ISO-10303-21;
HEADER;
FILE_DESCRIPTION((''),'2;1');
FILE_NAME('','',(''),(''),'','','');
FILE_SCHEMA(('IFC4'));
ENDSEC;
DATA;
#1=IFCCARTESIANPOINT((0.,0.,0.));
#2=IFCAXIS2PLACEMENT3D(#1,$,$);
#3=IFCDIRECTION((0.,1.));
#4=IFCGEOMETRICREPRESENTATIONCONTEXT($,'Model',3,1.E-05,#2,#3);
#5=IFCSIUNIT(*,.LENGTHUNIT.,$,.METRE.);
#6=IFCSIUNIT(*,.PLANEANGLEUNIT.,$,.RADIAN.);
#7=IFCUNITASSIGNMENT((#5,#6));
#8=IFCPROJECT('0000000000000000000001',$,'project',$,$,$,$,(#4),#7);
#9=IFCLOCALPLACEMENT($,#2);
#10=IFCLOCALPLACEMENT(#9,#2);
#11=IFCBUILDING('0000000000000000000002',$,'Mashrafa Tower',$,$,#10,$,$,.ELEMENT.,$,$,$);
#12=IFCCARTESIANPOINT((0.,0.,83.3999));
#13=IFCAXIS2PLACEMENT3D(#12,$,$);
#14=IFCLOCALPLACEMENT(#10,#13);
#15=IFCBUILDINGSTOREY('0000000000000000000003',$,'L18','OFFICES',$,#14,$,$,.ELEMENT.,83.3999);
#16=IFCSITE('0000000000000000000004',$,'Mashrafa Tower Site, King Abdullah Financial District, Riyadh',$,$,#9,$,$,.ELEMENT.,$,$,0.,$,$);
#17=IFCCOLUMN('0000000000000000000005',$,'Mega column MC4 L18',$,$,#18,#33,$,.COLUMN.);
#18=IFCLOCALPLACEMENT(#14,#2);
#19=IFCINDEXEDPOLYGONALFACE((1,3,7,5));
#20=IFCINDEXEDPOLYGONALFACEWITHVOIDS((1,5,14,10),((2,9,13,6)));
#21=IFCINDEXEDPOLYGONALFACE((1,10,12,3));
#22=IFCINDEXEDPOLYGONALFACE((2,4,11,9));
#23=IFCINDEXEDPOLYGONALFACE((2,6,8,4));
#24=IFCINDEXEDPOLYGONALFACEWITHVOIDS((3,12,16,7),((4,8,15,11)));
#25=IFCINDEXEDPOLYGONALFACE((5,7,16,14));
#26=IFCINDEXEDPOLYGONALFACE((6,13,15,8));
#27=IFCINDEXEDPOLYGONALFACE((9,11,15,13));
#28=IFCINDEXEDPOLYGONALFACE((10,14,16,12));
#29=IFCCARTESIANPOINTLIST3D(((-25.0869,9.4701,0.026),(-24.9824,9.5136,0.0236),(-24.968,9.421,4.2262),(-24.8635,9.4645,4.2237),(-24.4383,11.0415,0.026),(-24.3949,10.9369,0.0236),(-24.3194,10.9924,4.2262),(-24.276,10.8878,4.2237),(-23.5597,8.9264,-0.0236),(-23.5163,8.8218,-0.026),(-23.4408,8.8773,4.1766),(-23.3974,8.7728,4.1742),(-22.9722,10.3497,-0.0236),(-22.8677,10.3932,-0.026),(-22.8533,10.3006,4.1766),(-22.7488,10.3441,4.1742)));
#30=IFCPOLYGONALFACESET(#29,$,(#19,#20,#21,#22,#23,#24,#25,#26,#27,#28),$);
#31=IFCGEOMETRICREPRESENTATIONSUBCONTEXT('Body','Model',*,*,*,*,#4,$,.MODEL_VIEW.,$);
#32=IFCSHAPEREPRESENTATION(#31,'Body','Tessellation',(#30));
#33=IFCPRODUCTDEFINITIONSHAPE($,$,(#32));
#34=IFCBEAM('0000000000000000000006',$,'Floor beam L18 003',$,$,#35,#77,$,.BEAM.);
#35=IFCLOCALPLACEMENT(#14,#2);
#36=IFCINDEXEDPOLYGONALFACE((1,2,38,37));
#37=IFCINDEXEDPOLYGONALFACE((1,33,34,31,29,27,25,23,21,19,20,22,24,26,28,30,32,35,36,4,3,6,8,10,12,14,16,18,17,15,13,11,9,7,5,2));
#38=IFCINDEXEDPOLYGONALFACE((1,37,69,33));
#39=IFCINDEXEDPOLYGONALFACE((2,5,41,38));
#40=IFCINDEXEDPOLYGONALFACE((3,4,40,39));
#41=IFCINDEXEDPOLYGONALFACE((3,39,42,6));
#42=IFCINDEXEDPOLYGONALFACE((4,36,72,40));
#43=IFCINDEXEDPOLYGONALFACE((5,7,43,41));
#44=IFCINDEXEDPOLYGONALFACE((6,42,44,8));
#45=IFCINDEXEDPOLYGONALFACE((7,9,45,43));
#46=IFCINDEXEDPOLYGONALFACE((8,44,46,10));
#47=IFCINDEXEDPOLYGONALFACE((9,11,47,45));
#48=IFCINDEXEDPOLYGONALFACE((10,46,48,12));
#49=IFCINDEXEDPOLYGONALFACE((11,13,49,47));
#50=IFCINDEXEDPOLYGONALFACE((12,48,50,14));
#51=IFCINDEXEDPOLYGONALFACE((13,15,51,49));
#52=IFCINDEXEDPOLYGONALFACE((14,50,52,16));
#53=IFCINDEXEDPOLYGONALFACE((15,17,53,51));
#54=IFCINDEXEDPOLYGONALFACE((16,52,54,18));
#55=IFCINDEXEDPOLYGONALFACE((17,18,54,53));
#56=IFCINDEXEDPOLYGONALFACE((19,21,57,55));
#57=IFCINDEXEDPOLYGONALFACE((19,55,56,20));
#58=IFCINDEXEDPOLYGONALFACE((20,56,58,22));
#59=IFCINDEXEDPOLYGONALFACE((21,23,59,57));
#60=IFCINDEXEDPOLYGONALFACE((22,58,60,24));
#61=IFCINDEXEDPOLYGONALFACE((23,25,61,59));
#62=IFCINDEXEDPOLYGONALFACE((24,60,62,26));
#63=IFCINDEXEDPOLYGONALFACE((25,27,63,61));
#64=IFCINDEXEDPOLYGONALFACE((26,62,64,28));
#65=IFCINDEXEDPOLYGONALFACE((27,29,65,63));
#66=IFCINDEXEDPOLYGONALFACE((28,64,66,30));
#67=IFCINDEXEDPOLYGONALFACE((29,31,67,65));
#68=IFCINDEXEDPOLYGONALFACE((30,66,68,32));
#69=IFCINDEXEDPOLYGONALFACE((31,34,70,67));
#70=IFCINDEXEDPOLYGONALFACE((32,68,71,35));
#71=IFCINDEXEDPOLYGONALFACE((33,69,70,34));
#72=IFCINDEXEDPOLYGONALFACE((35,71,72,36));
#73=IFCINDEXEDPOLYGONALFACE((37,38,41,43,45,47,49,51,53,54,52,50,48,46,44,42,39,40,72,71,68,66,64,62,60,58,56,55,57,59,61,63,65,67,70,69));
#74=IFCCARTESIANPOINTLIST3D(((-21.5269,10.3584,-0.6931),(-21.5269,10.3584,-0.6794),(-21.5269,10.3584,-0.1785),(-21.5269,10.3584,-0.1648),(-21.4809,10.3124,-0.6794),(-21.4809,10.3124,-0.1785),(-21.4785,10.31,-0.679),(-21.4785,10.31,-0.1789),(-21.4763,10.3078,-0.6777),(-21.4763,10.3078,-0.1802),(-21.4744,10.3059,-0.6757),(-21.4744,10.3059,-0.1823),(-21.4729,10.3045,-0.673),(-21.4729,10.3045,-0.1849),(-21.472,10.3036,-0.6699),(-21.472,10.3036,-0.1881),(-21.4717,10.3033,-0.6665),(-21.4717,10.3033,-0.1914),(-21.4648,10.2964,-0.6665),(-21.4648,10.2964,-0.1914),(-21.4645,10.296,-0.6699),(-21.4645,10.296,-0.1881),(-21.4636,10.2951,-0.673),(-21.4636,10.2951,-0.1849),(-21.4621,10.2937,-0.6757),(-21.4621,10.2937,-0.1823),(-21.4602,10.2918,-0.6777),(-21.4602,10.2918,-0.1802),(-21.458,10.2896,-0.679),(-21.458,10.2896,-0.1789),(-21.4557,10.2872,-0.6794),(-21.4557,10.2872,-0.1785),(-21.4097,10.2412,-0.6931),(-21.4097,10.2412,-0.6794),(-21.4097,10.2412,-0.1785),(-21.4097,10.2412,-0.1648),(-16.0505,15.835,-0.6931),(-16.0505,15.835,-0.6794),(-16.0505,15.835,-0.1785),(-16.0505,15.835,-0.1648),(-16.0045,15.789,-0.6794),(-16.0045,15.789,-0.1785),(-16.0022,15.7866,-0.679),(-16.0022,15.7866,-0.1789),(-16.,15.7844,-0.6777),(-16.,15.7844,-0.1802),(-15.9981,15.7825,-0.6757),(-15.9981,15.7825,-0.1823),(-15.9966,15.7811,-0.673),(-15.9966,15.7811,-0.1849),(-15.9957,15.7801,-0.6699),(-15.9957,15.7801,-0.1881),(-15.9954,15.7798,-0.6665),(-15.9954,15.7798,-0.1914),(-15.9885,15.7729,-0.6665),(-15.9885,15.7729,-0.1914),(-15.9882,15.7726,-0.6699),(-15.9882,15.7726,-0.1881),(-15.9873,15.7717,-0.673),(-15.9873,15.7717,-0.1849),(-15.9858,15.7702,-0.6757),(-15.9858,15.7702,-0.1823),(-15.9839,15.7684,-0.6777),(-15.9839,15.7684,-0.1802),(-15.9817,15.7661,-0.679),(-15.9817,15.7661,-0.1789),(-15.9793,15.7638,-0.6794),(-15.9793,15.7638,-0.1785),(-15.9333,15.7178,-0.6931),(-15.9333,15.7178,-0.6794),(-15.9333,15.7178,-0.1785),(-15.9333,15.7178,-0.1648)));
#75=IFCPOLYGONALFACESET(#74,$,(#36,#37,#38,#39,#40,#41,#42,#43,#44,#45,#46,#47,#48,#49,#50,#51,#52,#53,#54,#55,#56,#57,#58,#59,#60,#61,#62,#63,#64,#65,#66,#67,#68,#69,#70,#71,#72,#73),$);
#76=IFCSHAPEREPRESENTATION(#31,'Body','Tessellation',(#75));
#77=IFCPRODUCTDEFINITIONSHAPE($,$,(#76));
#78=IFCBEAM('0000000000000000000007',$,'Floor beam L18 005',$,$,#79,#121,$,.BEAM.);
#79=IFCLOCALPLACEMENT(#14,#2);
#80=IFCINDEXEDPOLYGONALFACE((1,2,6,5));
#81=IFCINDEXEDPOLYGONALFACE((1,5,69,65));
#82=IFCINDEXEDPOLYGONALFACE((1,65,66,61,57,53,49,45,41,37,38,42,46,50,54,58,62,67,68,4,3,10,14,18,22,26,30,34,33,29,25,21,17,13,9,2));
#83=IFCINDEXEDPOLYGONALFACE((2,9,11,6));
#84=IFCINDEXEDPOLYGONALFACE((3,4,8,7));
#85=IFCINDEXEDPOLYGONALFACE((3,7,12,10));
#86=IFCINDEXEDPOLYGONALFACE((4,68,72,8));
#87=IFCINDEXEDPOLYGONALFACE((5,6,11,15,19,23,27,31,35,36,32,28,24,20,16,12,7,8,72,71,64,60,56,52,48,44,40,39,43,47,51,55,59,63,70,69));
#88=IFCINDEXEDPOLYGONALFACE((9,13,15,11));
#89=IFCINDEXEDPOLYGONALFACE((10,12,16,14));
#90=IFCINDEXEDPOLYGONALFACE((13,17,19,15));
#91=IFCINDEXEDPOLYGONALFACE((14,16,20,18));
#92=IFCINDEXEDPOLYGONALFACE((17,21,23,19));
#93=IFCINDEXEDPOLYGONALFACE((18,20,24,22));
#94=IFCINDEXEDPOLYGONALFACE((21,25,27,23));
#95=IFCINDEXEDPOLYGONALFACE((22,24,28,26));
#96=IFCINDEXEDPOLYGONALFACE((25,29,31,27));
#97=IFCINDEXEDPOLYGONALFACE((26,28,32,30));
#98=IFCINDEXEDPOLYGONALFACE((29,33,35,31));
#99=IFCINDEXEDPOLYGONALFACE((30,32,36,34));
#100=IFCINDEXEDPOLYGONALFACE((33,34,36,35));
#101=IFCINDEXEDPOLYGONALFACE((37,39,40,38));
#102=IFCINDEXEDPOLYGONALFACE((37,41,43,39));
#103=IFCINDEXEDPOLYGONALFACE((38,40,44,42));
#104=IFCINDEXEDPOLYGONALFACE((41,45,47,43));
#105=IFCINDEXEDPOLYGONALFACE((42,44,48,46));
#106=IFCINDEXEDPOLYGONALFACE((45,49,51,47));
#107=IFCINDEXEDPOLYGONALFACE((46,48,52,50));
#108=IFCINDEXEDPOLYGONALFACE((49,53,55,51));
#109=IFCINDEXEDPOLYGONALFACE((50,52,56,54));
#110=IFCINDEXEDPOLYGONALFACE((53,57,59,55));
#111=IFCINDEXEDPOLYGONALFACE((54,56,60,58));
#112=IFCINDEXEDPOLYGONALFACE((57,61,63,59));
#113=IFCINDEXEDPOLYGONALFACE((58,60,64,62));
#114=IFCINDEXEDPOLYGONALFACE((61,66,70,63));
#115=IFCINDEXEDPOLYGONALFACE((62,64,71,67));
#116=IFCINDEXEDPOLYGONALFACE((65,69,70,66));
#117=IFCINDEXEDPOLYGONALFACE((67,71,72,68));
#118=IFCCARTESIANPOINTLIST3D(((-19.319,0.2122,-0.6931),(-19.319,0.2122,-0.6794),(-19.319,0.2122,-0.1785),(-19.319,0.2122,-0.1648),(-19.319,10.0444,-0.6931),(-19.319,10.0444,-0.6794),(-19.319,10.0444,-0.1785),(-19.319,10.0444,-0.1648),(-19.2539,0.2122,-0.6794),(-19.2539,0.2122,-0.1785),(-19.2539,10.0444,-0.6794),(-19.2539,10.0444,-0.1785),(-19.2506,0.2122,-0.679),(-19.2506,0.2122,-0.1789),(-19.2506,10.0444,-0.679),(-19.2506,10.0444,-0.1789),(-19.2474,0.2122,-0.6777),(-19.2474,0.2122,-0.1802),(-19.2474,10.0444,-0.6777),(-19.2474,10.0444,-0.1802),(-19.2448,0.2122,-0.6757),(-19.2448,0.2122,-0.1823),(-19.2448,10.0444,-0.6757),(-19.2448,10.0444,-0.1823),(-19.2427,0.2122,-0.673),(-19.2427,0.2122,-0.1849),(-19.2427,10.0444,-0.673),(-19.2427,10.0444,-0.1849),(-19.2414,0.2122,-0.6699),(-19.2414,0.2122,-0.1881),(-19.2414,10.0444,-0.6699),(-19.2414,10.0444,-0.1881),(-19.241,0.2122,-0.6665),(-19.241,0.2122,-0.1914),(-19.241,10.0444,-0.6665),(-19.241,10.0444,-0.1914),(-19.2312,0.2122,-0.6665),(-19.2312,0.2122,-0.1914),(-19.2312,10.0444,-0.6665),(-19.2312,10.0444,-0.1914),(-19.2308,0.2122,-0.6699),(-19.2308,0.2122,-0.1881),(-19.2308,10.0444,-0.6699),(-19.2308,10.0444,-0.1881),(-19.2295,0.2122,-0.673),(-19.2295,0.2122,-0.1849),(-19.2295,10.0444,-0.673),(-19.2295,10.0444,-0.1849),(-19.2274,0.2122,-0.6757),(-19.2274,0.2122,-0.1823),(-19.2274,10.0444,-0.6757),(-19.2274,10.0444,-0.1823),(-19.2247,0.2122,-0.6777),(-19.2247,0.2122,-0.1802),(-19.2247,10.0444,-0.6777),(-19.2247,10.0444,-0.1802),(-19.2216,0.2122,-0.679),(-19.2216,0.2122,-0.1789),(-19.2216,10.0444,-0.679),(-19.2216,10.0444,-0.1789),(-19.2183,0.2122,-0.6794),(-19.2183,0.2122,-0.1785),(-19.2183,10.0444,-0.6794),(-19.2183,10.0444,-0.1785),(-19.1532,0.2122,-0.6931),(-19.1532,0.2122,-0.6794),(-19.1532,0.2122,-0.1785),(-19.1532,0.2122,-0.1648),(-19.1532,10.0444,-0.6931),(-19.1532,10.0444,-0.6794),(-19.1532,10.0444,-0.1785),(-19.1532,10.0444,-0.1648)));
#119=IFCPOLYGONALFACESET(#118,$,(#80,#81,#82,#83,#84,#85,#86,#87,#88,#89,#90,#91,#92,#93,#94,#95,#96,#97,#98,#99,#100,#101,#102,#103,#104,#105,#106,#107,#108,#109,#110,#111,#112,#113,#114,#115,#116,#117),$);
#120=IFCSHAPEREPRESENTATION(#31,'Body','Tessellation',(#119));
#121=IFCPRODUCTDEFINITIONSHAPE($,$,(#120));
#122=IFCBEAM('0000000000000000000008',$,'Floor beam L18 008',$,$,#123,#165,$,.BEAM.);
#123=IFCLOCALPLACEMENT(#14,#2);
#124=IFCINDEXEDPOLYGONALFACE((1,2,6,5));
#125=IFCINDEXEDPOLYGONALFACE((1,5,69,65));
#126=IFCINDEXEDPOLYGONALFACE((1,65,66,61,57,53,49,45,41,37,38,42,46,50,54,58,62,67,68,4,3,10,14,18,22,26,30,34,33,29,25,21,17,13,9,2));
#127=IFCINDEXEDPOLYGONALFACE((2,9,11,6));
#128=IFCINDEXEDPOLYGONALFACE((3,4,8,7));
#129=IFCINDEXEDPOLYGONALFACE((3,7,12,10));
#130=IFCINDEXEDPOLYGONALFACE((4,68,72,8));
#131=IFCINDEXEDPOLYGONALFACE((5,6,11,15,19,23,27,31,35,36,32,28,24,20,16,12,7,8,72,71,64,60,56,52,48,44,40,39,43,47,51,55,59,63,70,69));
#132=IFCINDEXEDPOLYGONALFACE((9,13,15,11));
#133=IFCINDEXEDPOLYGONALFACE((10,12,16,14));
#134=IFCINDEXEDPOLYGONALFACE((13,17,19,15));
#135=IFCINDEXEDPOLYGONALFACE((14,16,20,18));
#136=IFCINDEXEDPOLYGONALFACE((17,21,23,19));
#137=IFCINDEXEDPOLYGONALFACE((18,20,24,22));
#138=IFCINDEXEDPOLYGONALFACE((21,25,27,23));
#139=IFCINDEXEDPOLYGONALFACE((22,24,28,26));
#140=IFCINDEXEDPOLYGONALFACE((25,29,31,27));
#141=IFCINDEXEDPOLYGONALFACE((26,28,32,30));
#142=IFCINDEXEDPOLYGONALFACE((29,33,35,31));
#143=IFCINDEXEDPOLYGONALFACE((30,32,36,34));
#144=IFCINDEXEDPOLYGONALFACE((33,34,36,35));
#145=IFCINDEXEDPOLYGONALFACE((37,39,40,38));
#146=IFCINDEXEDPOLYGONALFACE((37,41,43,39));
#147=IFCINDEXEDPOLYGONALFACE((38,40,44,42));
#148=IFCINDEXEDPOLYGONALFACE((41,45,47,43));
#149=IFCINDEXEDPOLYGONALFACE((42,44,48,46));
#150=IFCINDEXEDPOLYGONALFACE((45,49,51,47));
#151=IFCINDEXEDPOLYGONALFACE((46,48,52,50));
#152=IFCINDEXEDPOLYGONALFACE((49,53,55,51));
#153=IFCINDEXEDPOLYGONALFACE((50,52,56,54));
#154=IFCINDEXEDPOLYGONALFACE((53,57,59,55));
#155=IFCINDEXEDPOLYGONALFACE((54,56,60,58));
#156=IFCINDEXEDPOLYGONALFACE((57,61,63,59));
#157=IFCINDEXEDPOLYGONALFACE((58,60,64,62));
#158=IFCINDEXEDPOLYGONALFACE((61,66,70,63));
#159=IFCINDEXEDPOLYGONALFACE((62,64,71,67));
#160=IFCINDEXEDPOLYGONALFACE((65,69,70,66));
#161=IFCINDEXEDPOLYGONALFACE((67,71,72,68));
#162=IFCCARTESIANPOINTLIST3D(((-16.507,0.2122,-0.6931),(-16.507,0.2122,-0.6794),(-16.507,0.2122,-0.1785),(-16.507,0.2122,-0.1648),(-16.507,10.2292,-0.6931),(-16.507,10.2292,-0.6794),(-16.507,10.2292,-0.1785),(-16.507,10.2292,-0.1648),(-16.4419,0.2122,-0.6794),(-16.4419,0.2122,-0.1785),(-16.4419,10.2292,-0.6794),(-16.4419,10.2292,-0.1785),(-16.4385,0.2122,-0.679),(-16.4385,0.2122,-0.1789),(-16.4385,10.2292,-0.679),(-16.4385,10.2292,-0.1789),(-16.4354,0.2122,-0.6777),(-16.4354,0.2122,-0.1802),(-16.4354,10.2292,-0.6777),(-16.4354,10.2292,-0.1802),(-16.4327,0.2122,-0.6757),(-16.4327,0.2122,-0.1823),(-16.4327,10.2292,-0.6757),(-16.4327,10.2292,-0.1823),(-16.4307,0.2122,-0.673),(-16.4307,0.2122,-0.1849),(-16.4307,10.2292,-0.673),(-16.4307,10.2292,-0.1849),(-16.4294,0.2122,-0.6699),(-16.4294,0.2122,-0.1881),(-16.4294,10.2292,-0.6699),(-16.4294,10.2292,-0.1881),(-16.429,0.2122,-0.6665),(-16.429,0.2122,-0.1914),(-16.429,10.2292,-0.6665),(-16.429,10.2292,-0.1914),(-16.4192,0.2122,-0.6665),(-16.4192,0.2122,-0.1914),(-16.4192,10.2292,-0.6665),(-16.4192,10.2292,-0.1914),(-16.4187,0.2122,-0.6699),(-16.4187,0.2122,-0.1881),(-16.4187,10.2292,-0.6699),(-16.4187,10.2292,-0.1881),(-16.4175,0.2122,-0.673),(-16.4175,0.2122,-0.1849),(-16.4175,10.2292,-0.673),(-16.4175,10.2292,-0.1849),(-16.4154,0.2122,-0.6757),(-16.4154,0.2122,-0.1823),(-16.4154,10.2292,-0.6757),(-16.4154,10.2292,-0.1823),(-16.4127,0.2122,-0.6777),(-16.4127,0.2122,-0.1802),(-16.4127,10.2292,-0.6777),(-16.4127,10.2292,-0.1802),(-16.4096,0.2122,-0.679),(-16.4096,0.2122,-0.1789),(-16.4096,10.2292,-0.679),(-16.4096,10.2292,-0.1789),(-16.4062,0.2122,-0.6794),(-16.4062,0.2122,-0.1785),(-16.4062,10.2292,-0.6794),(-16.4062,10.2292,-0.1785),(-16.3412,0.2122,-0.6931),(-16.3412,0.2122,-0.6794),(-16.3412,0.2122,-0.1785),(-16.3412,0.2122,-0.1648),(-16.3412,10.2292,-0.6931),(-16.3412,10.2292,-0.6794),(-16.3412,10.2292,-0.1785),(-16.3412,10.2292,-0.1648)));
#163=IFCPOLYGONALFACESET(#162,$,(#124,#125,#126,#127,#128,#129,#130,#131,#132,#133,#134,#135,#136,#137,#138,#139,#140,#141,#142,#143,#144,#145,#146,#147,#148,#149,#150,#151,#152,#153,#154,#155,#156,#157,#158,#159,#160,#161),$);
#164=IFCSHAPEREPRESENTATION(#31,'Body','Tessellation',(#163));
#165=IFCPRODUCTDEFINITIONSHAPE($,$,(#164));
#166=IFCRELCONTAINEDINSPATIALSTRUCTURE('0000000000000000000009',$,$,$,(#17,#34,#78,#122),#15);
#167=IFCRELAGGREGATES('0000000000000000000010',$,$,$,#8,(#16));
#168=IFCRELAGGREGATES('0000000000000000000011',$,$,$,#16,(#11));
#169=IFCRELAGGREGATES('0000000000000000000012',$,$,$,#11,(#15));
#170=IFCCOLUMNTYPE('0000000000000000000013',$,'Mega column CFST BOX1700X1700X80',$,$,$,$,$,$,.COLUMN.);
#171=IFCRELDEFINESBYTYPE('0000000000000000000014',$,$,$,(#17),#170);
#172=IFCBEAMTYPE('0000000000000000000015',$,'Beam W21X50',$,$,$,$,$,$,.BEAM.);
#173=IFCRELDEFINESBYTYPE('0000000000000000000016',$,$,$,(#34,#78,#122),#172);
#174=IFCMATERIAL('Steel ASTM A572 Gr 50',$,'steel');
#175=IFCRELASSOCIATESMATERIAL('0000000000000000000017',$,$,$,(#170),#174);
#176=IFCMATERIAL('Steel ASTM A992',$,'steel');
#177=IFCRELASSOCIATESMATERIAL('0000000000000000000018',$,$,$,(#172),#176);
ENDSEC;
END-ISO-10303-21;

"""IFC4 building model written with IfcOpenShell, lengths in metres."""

from ifc_helpers import new_model, si_unit, direction, frame, origin, origin_2d, place, context, subcontext, project, spatial, hollow_rectangle, i_section, extrude, material, material_profile, profile_set, type_object, element, save


model = new_model("IFC4")

# Units and contexts
model_context = context("Model", 3, precision=1e-05, world=origin(), true_north=direction((0.0, 1.0)))
body_context = subcontext(model_context, "Body", "Model", "MODEL_VIEW")
ifc_project = project(units=[si_unit("LENGTHUNIT", "METRE"), si_unit("PLANEANGLEUNIT", "RADIAN")], contexts=[model_context])

# Site, building, storey
site_placement = place(None, origin())
site = spatial("IfcSite", under=ifc_project, at=site_placement, Name="Mashrafa Tower Site, King Abdullah Financial District, Riyadh", CompositionType="ELEMENT", RefElevation=0.0)
building_placement = place(site_placement, origin())
building = spatial("IfcBuilding", under=site, at=building_placement, Name="Mashrafa Tower", CompositionType="ELEMENT")
storey_placement = place(building_placement, frame((0.0, 0.0, 83.3999)))
storey = spatial("IfcBuildingStorey", under=building, at=storey_placement, Name="L18", Description="OFFICES", CompositionType="ELEMENT", Elevation=83.3999)

# Column
ifc_material_1 = material(Name="Steel ASTM A572 Gr 50", Category="steel")
ifc_material_profile_1 = material_profile(ifc_material_1, hollow_rectangle(XDim=1.7, YDim=1.7, WallThickness=0.0801, at=origin_2d()), Name="BOX1700X1700X80")
ifc_profile_set_1 = profile_set([ifc_material_profile_1], Name="Steel ASTM A572 Gr 50")
column_type = type_object("IfcColumnType", Name="Mega column CFST BOX1700X1700X80", PredefinedType="COLUMN", material=ifc_profile_set_1)
column_placement = place(storey_placement, frame((-23.9773, 9.9316, 0.0), z_axis=(0.028294, -0.011678, 0.999531), x_axis=(0.381513, 0.924363, 0.0)))
element("IfcColumn", 1, at=column_placement, inside=storey, type_object=column_type, Name="Mega column MC4 L18", PredefinedType="COLUMN", context=body_context, shape_type="SweptSolid", body=[
    extrude(hollow_rectangle(XDim=1.7, YDim=1.7, WallThickness=0.0801, at=origin_2d()), origin(), (0.0, 0.0, 1.0), 4.2021),
])

# Beams
ifc_material_2 = material(Name="Steel ASTM A992", Category="steel")
ifc_material_profile_2 = material_profile(ifc_material_2, i_section(OverallWidth=0.1658, OverallDepth=0.5283, WebThickness=0.0098, FlangeThickness=0.0137, FilletRadius=0.0129, at=origin_2d()), Name="W21X50")
ifc_profile_set_2 = profile_set([ifc_material_profile_2], Name="Steel ASTM A992")
beam_type_1 = type_object("IfcBeamType", Name="Beam W21X50", PredefinedType="BEAM", material=ifc_profile_set_2)
beam_1_placement = place(storey_placement, frame((-21.4683, 10.2998, -0.429), z_axis=(0.707091, 0.707123, 0.0), x_axis=(-0.707123, 0.707091, 0.0)))
element("IfcBeam", 2, at=beam_1_placement, inside=storey, type_object=beam_type_1, Name="Floor beam L18 003", PredefinedType="BEAM", context=body_context, shape_type="SweptSolid", body=[
    extrude(i_section(OverallWidth=0.1658, OverallDepth=0.5283, WebThickness=0.0098, FlangeThickness=0.0137, FilletRadius=0.0129, at=origin_2d()), origin(), (0.0, 0.0, 1.0), 7.7449),
])
beam_2_placement = place(storey_placement, frame((-19.2361, 0.2122, -0.429), z_axis=(0.0, 1.0, 0.0), x_axis=(-1.0, 0.0, 0.0)))
element("IfcBeam", 3, at=beam_2_placement, inside=storey, type_object=beam_type_1, Name="Floor beam L18 005", PredefinedType="BEAM", context=body_context, shape_type="SweptSolid", body=[
    extrude(i_section(OverallWidth=0.1658, OverallDepth=0.5283, WebThickness=0.0098, FlangeThickness=0.0137, FilletRadius=0.0129, at=origin_2d()), origin(), (0.0, 0.0, 1.0), 9.8323),
])
beam_3_placement = place(storey_placement, frame((-16.4241, 0.2122, -0.429), z_axis=(0.0, 1.0, 0.0), x_axis=(-1.0, 0.0, 0.0)))
element("IfcBeam", 4, at=beam_3_placement, inside=storey, type_object=beam_type_1, Name="Floor beam L18 008", PredefinedType="BEAM", context=body_context, shape_type="SweptSolid", body=[
    extrude(i_section(OverallWidth=0.1658, OverallDepth=0.5283, WebThickness=0.0098, FlangeThickness=0.0137, FilletRadius=0.0129, at=origin_2d()), origin(), (0.0, 0.0, 1.0), 10.0171),
])

save(model, "model.ifc")
